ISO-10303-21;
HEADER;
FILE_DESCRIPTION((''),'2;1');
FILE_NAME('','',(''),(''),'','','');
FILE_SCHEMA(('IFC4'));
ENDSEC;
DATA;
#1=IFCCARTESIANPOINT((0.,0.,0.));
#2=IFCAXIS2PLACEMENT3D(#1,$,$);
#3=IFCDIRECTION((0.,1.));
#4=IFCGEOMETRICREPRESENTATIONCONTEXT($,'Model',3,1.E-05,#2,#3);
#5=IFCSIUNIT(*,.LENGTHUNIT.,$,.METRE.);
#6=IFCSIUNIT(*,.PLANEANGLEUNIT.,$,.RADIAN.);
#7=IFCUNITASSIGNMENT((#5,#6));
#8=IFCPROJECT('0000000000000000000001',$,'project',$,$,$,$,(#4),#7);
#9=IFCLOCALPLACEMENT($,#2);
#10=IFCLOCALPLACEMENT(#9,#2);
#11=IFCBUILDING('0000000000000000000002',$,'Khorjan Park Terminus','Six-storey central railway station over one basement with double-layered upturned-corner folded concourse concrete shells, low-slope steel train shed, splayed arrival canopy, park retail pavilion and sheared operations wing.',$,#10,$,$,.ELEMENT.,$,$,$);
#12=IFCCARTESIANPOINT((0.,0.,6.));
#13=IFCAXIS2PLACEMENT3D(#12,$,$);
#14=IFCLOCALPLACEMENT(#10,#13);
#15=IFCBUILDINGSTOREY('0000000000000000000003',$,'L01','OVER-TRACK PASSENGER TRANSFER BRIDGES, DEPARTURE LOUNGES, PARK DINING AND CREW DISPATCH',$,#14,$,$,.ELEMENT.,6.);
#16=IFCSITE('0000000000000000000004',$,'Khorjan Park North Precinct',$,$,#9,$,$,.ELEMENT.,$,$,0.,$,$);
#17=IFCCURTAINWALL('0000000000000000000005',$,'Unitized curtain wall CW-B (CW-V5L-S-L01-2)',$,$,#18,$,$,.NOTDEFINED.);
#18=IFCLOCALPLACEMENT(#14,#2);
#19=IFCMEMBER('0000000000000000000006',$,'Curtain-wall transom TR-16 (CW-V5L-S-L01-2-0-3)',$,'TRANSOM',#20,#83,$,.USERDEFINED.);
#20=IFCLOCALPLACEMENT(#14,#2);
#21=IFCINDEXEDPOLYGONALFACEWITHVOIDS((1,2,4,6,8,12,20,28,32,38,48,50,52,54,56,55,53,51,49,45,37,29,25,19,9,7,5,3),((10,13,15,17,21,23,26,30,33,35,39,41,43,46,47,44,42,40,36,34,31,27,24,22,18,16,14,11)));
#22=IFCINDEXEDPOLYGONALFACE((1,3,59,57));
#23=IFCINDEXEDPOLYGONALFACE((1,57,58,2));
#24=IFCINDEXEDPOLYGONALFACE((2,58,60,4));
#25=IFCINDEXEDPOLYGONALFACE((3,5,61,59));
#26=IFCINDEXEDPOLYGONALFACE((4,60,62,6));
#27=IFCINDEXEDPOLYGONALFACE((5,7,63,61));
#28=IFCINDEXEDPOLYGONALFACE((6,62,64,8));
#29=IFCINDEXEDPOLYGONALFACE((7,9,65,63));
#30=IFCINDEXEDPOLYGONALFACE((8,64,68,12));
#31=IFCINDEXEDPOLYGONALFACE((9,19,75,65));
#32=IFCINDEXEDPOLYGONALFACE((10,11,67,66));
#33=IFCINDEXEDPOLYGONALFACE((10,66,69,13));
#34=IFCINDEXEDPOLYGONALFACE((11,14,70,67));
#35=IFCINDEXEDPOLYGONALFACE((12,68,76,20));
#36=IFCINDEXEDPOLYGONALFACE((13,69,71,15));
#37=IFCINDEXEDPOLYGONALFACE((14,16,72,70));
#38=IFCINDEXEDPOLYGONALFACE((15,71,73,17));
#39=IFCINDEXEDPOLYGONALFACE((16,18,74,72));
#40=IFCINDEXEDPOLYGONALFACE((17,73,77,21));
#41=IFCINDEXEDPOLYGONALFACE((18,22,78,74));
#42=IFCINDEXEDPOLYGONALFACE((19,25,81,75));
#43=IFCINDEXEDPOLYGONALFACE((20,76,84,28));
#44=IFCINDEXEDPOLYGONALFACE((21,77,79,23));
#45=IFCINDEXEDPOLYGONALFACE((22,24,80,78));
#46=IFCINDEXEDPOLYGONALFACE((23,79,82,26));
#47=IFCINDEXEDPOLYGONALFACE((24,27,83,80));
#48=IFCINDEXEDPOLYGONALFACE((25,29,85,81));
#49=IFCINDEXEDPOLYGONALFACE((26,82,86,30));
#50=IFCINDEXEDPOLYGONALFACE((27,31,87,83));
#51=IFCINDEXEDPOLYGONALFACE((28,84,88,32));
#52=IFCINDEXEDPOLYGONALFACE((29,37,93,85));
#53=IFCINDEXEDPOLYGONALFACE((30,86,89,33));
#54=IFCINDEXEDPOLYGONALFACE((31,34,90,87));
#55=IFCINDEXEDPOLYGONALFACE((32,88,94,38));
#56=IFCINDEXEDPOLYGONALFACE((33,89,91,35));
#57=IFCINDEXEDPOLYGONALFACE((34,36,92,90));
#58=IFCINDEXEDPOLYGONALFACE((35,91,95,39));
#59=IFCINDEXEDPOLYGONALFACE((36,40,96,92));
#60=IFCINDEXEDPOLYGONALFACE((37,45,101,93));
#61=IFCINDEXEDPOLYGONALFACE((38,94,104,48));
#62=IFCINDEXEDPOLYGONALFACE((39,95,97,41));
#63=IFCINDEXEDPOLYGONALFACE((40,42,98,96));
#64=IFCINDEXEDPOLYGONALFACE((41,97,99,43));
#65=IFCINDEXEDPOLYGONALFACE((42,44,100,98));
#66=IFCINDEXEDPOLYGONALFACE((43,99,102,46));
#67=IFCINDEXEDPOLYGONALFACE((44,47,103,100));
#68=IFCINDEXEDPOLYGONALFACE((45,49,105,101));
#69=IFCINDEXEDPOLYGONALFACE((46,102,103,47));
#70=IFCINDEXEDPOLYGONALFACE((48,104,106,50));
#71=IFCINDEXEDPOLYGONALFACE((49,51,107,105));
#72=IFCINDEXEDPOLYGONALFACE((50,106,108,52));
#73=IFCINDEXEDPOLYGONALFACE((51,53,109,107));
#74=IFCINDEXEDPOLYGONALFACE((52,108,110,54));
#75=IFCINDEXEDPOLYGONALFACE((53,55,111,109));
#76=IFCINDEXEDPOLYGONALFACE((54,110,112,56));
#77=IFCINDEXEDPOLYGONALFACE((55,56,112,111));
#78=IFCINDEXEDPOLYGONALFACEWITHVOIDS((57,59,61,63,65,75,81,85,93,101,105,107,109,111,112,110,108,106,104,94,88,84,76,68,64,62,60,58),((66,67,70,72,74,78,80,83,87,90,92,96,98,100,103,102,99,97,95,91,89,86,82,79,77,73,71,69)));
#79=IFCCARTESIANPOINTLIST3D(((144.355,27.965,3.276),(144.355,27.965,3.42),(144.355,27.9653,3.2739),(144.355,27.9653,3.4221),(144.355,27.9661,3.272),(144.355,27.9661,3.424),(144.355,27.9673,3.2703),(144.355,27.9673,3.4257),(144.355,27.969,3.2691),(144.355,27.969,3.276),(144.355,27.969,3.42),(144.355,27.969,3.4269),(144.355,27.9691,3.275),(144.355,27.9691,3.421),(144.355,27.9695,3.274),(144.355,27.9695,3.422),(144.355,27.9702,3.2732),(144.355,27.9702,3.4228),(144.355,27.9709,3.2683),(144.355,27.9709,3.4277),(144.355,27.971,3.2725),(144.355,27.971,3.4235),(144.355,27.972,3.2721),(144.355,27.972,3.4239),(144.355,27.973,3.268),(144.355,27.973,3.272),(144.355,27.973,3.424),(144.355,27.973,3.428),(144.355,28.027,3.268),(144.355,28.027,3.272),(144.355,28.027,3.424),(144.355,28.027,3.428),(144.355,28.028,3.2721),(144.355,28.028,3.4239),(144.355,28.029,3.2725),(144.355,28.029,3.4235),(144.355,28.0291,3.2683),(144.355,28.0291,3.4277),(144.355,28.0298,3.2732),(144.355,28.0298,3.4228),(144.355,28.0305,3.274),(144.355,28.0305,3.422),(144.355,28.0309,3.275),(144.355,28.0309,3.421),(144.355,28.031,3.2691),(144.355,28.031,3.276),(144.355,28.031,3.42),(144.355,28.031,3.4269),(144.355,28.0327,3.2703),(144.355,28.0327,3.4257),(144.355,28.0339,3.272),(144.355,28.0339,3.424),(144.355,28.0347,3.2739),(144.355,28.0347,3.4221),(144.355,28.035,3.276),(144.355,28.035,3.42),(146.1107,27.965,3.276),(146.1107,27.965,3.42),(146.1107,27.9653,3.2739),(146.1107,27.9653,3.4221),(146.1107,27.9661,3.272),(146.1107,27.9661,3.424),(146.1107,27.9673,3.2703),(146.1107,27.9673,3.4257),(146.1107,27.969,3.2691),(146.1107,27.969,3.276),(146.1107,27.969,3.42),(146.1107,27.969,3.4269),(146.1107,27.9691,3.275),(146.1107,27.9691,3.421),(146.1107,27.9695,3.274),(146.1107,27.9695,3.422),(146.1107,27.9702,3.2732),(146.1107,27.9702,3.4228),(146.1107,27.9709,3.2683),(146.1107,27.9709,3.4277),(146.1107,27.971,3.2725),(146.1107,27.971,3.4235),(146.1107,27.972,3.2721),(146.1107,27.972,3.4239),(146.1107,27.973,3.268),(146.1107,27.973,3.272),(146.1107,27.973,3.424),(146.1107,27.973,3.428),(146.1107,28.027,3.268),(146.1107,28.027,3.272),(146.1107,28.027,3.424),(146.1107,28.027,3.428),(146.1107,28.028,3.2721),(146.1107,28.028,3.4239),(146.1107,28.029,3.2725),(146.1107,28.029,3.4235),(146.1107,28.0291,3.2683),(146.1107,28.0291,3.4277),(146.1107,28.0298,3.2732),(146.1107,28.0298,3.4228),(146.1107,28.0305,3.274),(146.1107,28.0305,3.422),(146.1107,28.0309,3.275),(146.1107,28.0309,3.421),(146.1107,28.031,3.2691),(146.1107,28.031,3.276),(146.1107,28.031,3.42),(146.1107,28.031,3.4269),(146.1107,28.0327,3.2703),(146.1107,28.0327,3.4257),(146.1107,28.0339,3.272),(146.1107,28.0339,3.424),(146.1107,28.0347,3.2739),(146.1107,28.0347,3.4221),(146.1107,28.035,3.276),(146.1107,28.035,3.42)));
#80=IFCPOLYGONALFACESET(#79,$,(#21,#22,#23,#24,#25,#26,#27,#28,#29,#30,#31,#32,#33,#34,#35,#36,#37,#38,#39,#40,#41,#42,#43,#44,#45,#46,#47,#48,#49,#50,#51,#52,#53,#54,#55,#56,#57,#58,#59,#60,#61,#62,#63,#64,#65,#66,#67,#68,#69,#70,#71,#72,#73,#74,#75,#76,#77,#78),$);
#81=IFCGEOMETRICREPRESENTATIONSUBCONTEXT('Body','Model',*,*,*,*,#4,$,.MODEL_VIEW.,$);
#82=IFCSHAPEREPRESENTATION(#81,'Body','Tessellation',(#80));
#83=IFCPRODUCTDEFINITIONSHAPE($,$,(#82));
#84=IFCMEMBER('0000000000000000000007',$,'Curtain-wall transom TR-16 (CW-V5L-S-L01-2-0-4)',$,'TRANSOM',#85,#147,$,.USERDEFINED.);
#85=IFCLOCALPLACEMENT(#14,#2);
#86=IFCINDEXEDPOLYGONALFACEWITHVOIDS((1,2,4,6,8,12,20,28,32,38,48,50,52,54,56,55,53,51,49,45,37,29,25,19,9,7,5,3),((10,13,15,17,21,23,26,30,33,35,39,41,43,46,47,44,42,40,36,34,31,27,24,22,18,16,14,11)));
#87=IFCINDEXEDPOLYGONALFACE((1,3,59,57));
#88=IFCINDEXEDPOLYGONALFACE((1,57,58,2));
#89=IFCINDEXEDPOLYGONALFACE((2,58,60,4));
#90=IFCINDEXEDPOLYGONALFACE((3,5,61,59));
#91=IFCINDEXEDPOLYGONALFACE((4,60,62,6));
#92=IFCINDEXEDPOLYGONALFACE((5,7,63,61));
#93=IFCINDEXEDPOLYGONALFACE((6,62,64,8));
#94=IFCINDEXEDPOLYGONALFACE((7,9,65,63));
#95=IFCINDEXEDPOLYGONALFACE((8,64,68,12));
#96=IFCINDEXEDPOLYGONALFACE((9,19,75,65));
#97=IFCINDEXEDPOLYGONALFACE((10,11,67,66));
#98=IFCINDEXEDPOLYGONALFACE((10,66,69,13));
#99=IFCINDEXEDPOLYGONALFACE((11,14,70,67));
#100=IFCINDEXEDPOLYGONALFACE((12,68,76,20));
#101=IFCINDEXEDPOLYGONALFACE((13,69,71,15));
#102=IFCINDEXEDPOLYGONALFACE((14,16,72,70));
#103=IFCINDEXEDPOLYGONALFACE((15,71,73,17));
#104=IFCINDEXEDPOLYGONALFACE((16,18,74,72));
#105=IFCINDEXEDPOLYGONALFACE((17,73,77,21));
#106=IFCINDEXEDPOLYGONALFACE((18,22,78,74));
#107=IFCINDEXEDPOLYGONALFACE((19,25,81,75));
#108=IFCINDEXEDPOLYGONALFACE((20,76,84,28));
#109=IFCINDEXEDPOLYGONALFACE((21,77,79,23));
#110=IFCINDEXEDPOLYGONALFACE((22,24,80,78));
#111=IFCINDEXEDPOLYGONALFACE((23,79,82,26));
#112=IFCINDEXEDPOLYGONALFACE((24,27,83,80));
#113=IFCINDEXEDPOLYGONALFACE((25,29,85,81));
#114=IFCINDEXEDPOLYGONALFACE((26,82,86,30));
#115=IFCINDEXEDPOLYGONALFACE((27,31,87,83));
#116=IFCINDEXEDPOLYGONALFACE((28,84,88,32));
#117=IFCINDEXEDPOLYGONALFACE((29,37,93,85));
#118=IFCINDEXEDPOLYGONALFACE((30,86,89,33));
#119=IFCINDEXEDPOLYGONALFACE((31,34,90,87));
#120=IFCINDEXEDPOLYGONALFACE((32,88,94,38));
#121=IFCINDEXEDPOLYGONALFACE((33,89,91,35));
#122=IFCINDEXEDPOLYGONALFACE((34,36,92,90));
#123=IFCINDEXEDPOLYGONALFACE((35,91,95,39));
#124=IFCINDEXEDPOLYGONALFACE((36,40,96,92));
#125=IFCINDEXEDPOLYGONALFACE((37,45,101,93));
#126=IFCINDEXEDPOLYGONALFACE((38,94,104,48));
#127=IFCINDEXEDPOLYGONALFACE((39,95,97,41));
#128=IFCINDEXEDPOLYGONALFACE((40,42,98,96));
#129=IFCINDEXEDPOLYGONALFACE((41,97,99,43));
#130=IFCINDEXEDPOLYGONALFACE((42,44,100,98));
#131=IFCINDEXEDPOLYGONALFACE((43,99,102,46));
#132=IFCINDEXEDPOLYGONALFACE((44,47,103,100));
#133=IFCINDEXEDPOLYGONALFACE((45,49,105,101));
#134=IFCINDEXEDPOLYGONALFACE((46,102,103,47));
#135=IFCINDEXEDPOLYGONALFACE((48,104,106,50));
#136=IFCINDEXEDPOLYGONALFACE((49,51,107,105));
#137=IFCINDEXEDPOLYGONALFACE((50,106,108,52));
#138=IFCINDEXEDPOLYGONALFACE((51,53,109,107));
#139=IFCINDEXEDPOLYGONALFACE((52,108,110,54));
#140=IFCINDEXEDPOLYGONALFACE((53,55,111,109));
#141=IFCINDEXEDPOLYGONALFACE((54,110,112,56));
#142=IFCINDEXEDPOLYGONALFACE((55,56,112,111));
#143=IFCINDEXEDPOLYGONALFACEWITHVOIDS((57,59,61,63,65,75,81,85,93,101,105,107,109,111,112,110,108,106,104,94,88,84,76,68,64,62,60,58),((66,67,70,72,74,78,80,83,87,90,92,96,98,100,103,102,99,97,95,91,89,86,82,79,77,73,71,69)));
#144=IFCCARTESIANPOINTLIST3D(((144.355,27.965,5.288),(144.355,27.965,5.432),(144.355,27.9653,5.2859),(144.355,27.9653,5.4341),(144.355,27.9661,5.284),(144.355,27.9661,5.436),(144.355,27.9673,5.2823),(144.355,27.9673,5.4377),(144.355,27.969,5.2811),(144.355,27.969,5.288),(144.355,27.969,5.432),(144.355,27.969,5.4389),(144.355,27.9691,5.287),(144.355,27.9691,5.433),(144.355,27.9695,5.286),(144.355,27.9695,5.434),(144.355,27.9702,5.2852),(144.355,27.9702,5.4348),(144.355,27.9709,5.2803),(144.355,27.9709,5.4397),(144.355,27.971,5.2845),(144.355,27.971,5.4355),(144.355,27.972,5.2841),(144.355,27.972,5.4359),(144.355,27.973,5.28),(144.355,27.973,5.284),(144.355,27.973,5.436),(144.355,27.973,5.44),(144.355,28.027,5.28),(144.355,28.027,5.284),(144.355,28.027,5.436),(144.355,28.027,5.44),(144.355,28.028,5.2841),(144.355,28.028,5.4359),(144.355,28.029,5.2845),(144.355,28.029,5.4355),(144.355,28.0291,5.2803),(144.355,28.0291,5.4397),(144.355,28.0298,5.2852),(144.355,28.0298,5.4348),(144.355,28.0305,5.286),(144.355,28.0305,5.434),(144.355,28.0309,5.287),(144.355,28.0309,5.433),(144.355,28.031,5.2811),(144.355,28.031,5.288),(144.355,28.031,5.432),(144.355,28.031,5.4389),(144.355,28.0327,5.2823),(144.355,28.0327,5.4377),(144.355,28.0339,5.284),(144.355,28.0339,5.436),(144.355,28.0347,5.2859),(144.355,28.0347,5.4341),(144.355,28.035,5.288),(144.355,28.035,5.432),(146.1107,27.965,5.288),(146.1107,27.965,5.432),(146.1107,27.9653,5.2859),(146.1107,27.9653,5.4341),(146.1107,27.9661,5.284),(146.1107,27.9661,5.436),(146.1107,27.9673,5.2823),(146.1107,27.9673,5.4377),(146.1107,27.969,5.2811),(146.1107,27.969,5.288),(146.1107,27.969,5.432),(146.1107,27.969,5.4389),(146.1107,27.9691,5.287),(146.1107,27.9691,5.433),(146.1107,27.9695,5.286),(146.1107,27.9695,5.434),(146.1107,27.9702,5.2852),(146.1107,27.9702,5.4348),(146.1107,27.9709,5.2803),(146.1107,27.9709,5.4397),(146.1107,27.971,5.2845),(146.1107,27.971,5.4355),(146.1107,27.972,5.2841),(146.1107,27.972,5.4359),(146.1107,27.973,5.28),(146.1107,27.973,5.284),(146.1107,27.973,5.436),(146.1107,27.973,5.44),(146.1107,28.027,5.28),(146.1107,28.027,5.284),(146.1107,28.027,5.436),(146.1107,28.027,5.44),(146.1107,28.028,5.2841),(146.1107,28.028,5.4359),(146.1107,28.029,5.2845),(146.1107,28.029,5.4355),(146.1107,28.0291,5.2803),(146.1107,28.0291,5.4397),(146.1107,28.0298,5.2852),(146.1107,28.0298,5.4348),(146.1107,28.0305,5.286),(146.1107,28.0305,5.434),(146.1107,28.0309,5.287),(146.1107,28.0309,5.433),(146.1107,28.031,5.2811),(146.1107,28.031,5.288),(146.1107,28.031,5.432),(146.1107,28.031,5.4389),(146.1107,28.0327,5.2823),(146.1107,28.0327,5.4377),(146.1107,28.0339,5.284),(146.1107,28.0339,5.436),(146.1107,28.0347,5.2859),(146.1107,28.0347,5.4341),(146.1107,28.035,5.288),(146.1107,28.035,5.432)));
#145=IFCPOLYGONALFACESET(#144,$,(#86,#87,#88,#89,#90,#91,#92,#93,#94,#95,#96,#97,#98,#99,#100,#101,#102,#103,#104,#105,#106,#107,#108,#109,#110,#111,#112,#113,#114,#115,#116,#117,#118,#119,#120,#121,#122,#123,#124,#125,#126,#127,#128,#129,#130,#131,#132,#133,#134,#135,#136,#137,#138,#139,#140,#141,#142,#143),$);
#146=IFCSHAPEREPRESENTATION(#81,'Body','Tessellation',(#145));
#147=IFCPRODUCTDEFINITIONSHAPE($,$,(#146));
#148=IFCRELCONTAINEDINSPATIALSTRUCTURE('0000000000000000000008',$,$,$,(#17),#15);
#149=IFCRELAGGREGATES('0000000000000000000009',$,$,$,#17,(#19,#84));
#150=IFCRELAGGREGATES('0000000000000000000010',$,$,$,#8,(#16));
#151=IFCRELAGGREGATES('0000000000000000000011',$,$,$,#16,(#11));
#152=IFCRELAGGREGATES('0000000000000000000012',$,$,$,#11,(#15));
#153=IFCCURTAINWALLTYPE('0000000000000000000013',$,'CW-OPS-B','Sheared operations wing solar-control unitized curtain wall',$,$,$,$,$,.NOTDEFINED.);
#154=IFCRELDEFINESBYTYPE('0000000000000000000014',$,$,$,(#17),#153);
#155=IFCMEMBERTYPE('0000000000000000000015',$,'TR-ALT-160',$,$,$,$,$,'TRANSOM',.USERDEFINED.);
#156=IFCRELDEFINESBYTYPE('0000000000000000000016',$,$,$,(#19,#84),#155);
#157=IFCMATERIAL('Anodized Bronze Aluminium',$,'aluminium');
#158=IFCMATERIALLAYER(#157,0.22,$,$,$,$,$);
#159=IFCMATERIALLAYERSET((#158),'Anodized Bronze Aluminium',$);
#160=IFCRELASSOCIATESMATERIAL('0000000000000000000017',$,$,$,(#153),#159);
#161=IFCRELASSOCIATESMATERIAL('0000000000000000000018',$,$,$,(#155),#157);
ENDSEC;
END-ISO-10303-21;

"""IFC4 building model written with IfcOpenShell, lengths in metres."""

from ifc_helpers import new_model, si_unit, direction, frame, origin, origin_2d, place, context, subcontext, project, spatial, hollow_rectangle, extrude, material, layer, layer_set, material_profile, profile_set, type_object, element, aggregate, save


model = new_model("IFC4")

# Units and contexts
model_context = context("Model", 3, precision=1e-05, world=origin(), true_north=direction((0.0, 1.0)))
body_context = subcontext(model_context, "Body", "Model", "MODEL_VIEW")
ifc_project = project(units=[si_unit("LENGTHUNIT", "METRE"), si_unit("PLANEANGLEUNIT", "RADIAN")], contexts=[model_context])

# Site, building, storey
site_placement = place(None, origin())
site = spatial("IfcSite", under=ifc_project, at=site_placement, Name="Khorjan Park North Precinct", CompositionType="ELEMENT", RefElevation=0.0)
building_placement = place(site_placement, origin())
building = spatial("IfcBuilding", under=site, at=building_placement, Name="Khorjan Park Terminus", Description="Six-storey central railway station over one basement with double-layered upturned-corner folded concourse concrete shells, low-slope steel train shed, splayed arrival canopy, park retail pavilion and sheared operations wing.", CompositionType="ELEMENT")
storey_placement = place(building_placement, frame((0.0, 0.0, 6.0)))
storey = spatial("IfcBuildingStorey", under=building, at=storey_placement, Name="L01", Description="OVER-TRACK PASSENGER TRANSFER BRIDGES, DEPARTURE LOUNGES, PARK DINING AND CREW DISPATCH", CompositionType="ELEMENT", Elevation=6.0)

# Curtain wall
ifc_material_1 = material(Name="Anodized Bronze Aluminium", Category="aluminium")
ifc_layer_1 = layer(ifc_material_1, 0.22)
ifc_layer_set_1 = layer_set([ifc_layer_1], Name="Anodized Bronze Aluminium")
curtain_wall_type = type_object("IfcCurtainWallType", Name="CW-OPS-B", Description="Sheared operations wing solar-control unitized curtain wall", PredefinedType="NOTDEFINED", material=ifc_layer_set_1)
curtain_wall_1_placement = place(storey_placement, origin())
curtain_wall_1 = element("IfcCurtainWall", 1, at=curtain_wall_1_placement, inside=storey, type_object=curtain_wall_type, Name="Unitized curtain wall CW-B (CW-V5L-S-L01-2)", PredefinedType="NOTDEFINED")

# Members
ifc_material_profile_1 = material_profile(ifc_material_1, hollow_rectangle(XDim=0.07, YDim=0.16, WallThickness=0.004, InnerFilletRadius=0.004, OuterFilletRadius=0.008, at=origin_2d()), Name="ALT 70x160x4")
ifc_profile_set_1 = profile_set([ifc_material_profile_1], Name="Anodized Bronze Aluminium")
member_type_1 = type_object("IfcMemberType", Name="TR-ALT-160", ElementType="TRANSOM", PredefinedType="USERDEFINED", material=ifc_profile_set_1)
member_1_placement = place(storey_placement, frame((144.355, 28.0, 3.348), z_axis=(1.0, 0.0, 0.0), x_axis=(0.0, 1.0, 0.0)))
member_1 = element("IfcMember", 2, at=member_1_placement, type_object=member_type_1, Name="Curtain-wall transom TR-16 (CW-V5L-S-L01-2-0-3)", ObjectType="TRANSOM", PredefinedType="USERDEFINED", context=body_context, shape_type="SweptSolid", body=[
    extrude(hollow_rectangle(XDim=0.07, YDim=0.16, WallThickness=0.004, InnerFilletRadius=0.004, OuterFilletRadius=0.008, at=origin_2d()), origin(), (0.0, 0.0, 1.0), 1.7557),
])
member_2_placement = place(storey_placement, frame((144.355, 28.0, 5.36), z_axis=(1.0, 0.0, 0.0), x_axis=(0.0, 1.0, 0.0)))
member_2 = element("IfcMember", 3, at=member_2_placement, type_object=member_type_1, Name="Curtain-wall transom TR-16 (CW-V5L-S-L01-2-0-4)", ObjectType="TRANSOM", PredefinedType="USERDEFINED", context=body_context, shape_type="SweptSolid", body=[
    extrude(hollow_rectangle(XDim=0.07, YDim=0.16, WallThickness=0.004, InnerFilletRadius=0.004, OuterFilletRadius=0.008, at=origin_2d()), origin(), (0.0, 0.0, 1.0), 1.7557),
])

aggregate(curtain_wall_1, [member_1, member_2])

save(model, "model.ifc")
